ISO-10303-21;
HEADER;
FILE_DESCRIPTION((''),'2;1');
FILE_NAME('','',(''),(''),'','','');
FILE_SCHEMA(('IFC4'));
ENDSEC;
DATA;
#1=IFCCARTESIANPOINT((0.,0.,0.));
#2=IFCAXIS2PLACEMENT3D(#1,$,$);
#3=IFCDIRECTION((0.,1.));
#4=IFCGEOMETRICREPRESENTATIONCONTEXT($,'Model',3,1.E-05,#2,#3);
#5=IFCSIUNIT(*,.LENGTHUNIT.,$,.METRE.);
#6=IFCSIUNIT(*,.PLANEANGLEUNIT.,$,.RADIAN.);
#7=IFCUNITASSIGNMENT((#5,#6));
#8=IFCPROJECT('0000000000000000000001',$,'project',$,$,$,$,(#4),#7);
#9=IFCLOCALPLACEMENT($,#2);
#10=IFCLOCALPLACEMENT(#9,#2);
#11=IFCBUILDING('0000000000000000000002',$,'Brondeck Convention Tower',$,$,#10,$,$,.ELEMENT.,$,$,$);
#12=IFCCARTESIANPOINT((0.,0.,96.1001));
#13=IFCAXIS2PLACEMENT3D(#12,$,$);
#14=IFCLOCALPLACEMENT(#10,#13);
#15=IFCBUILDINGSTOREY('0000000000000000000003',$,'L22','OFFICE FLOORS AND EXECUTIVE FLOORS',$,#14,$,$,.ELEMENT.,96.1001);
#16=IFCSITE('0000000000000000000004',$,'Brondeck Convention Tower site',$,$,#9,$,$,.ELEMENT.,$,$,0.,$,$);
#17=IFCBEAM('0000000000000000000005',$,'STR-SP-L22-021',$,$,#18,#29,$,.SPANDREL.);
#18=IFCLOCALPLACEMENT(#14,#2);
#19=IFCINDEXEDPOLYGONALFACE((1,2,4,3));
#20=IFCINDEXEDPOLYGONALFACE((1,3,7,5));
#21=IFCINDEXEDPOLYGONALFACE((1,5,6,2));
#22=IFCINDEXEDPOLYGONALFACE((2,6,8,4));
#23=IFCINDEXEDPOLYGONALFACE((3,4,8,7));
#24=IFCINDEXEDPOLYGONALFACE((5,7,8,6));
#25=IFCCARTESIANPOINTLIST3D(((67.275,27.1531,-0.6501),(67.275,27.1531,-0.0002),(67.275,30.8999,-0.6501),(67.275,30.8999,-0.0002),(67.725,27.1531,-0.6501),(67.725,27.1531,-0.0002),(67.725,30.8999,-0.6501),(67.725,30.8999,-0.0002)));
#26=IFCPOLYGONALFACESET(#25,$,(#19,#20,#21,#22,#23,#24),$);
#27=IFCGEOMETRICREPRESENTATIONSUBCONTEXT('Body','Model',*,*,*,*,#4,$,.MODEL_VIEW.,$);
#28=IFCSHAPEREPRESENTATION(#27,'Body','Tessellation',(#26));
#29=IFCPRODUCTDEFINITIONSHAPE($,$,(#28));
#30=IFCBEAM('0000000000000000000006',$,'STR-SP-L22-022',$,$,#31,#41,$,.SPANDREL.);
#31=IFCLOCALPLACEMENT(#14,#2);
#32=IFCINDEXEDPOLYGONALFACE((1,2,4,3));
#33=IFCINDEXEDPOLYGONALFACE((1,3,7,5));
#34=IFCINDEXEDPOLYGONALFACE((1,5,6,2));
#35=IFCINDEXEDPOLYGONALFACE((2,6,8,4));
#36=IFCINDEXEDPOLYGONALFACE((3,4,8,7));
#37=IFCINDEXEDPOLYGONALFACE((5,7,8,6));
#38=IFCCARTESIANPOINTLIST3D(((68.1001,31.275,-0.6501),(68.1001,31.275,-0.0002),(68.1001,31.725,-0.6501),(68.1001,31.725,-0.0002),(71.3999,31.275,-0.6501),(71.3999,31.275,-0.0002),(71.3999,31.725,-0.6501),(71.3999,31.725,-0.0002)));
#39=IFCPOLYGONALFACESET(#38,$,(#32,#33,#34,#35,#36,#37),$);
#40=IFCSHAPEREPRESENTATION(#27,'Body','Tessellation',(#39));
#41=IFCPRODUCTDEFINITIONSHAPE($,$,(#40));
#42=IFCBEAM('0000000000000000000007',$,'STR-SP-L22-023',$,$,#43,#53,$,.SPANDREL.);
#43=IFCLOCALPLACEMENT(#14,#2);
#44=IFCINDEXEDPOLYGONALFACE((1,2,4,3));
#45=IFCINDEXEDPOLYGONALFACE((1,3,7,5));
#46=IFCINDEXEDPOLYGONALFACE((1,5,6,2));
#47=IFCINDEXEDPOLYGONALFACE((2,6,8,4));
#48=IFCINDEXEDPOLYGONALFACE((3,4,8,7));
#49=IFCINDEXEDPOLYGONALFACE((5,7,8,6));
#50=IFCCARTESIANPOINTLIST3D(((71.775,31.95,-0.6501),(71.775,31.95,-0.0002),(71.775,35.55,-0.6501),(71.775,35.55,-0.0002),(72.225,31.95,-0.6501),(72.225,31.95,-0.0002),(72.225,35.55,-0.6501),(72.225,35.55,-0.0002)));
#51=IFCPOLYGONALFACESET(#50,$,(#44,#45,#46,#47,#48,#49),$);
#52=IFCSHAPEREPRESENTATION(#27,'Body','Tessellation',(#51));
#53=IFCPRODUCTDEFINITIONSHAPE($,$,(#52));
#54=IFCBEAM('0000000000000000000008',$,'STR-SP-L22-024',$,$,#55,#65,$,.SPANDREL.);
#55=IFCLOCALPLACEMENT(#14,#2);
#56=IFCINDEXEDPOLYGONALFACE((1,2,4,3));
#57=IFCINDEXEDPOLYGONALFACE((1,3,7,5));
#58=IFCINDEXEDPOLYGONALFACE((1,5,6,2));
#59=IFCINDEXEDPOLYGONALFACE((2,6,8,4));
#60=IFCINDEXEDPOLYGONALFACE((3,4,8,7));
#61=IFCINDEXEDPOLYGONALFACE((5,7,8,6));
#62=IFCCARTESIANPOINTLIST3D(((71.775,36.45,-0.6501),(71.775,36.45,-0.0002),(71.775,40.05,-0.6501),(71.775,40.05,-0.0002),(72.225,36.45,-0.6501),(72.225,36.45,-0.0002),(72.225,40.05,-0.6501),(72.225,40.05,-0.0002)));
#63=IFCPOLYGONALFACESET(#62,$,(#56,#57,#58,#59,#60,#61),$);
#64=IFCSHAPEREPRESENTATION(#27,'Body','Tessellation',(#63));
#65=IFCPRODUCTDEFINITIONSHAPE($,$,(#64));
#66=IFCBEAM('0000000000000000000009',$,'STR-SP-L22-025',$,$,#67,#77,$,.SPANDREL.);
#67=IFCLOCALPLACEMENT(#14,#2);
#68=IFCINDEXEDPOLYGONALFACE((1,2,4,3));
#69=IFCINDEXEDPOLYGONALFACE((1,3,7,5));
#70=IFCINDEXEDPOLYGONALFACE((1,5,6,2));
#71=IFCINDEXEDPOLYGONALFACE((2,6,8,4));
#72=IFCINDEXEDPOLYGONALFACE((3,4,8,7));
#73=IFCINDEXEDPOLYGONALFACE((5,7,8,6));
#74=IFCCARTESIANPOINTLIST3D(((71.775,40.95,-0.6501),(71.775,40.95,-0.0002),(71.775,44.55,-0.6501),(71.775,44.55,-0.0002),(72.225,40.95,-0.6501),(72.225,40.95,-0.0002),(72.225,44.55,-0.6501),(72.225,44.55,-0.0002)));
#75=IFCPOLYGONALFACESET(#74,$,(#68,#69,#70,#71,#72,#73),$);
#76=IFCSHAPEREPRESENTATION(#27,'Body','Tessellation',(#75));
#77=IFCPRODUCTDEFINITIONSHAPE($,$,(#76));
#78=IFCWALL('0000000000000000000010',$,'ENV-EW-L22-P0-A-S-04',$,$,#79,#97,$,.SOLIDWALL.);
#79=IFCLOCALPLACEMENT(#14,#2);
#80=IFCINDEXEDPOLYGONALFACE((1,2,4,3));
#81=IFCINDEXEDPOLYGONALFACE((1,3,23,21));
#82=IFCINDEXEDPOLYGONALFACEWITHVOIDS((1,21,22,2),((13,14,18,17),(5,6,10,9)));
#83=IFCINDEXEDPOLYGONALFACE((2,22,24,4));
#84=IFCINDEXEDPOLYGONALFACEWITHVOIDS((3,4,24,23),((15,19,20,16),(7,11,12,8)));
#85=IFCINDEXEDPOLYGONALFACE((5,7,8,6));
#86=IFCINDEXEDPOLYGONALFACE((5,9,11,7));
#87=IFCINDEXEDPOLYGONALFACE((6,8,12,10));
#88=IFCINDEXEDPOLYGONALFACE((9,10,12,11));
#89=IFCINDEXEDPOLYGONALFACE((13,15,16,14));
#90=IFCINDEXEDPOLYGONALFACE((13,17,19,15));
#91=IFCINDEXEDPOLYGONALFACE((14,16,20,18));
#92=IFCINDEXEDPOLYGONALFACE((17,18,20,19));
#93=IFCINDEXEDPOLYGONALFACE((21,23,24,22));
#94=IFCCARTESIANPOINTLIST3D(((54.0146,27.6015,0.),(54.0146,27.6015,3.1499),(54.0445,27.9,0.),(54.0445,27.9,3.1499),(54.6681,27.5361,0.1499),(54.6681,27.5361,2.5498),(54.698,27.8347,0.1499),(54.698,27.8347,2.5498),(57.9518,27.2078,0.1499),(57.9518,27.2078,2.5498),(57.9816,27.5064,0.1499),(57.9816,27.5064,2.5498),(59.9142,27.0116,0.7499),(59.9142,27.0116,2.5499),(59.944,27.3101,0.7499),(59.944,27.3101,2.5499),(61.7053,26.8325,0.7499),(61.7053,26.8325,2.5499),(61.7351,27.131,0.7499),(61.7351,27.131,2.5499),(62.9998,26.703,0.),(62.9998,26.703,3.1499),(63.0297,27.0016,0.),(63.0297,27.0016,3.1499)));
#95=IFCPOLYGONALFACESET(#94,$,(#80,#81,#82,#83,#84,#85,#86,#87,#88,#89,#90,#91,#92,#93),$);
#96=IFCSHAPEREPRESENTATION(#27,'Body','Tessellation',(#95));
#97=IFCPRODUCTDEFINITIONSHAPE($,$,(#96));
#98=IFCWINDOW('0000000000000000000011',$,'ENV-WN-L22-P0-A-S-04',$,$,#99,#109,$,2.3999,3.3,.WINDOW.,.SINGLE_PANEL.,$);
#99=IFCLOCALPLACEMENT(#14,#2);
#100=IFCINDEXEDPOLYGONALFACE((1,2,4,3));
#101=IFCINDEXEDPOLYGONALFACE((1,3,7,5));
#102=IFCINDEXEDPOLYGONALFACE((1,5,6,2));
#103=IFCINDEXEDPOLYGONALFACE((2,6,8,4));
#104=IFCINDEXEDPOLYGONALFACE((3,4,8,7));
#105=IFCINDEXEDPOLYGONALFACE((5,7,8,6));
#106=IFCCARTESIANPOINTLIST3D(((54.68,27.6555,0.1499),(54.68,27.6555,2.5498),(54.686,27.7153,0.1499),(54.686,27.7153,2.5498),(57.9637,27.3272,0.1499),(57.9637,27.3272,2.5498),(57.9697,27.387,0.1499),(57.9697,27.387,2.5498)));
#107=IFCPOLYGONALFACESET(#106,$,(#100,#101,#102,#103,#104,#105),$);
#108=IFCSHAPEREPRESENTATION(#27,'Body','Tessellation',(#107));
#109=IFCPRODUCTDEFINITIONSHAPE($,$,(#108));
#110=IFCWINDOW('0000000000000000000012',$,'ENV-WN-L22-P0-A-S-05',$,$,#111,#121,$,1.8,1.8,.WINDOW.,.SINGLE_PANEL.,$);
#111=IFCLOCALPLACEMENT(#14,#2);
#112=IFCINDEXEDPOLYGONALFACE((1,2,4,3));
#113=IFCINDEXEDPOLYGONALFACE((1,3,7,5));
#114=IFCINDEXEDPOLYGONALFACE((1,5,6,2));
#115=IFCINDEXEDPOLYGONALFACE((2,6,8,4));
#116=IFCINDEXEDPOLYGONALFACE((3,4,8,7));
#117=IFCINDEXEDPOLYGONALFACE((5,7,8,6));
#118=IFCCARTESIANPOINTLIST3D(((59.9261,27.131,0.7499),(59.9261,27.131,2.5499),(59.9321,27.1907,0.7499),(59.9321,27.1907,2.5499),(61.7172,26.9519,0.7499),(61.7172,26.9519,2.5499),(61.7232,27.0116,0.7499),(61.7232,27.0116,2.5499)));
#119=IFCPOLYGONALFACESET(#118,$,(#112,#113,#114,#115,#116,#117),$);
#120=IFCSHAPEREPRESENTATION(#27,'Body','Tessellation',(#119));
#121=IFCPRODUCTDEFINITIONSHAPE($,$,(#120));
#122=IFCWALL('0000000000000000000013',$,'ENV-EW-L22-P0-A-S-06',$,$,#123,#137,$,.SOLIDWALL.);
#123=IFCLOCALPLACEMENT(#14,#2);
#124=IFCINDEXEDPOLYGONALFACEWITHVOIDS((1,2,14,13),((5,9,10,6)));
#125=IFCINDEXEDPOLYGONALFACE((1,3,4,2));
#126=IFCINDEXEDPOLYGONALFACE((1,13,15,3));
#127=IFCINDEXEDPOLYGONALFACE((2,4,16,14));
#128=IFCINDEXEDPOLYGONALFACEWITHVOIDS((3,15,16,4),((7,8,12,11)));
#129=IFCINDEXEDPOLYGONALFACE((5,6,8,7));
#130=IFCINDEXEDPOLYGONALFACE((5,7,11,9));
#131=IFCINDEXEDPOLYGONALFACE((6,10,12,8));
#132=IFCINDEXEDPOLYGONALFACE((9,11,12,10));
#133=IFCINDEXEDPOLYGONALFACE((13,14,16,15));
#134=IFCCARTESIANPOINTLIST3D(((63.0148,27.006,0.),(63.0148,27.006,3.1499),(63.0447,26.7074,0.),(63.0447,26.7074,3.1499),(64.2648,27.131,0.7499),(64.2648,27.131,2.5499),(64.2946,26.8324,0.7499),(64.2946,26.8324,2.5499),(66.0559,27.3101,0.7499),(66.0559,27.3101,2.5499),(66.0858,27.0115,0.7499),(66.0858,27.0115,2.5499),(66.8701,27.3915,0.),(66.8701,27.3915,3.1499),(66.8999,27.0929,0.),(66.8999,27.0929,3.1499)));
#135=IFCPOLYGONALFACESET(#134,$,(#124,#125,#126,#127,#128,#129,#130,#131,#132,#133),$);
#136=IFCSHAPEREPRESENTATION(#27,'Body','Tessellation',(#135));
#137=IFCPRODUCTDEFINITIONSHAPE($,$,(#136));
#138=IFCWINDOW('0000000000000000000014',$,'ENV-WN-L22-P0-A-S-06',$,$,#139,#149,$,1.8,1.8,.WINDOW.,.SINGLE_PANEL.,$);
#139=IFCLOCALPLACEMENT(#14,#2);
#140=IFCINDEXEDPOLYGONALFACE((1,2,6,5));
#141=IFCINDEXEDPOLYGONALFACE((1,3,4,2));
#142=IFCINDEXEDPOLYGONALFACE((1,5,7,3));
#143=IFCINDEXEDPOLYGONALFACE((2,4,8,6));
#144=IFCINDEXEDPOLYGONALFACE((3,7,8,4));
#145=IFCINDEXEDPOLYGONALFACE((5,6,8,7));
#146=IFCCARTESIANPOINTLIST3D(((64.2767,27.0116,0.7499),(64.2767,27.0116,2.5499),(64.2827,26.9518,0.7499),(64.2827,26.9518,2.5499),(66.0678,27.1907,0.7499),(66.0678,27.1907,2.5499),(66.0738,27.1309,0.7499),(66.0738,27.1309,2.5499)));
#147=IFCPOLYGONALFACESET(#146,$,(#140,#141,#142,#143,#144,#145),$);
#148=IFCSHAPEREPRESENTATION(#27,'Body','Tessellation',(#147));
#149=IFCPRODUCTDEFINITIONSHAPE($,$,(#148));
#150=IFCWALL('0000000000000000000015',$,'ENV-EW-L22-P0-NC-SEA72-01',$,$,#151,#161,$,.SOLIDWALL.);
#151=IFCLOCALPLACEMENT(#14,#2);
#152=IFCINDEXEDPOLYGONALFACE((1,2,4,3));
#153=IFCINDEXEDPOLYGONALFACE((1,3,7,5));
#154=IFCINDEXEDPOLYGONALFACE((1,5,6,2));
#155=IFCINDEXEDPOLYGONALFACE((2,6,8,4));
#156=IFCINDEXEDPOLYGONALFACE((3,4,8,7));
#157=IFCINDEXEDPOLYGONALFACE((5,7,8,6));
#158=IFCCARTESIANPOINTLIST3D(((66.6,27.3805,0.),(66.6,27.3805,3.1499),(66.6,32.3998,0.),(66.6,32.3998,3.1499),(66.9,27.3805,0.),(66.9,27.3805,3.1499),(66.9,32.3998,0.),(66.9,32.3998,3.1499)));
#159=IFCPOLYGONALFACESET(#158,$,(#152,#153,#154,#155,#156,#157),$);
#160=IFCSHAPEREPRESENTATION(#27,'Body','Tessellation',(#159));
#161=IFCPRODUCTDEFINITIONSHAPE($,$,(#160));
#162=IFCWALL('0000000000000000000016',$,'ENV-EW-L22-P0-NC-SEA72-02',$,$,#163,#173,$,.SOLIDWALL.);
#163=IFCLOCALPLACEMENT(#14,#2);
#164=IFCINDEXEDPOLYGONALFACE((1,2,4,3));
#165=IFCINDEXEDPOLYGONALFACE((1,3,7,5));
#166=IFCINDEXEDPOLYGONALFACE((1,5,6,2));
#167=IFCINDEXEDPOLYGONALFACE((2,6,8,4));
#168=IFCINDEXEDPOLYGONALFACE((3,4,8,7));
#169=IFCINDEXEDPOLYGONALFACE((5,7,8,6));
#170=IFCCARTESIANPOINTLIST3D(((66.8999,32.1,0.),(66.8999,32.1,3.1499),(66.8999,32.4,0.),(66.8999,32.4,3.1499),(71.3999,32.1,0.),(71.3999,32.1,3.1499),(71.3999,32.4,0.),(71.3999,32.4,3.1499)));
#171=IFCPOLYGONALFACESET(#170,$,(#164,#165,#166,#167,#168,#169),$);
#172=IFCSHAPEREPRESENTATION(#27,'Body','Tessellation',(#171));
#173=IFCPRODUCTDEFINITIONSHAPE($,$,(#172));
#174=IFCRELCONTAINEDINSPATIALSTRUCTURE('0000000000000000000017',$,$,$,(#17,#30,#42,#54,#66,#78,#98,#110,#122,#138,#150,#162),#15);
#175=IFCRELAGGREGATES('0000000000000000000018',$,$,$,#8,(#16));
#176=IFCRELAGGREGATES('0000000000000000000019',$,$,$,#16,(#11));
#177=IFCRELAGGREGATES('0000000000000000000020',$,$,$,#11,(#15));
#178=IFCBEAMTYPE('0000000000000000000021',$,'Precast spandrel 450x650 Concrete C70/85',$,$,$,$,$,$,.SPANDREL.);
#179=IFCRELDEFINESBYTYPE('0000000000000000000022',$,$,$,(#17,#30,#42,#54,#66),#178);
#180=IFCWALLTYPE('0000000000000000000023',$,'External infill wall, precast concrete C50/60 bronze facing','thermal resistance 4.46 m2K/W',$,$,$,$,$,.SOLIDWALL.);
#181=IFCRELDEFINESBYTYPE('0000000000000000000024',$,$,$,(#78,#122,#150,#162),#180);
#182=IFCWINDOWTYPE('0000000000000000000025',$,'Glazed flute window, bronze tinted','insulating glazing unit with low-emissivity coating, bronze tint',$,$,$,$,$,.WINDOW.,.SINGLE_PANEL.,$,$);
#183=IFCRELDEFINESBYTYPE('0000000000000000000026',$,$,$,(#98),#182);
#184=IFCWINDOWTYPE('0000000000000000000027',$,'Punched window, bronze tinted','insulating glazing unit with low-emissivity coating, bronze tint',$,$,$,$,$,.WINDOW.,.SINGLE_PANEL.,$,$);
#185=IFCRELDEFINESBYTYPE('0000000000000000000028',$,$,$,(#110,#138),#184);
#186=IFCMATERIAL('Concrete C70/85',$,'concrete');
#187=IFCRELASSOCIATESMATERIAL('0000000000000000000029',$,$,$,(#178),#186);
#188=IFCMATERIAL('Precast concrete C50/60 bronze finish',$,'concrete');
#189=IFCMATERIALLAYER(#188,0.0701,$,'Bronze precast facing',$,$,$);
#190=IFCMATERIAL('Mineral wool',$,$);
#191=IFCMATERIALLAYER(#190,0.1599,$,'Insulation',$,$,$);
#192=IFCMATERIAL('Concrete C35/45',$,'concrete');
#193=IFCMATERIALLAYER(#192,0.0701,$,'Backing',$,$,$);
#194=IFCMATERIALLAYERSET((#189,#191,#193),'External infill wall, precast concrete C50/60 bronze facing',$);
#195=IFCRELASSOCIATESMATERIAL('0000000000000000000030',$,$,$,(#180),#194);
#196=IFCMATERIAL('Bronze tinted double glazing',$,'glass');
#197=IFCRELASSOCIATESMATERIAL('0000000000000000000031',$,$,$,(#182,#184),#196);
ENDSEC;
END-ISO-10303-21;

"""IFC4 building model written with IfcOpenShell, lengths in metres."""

from ifc_helpers import new_model, si_unit, direction, frame, frame_2d, origin, origin_2d, place, context, subcontext, project, spatial, rectangle, extrude, material, layer, layer_set, material_profile, profile_set, type_object, element, fill, save


model = new_model("IFC4")

# Units and contexts
model_context = context("Model", 3, precision=1e-05, world=origin(), true_north=direction((0.0, 1.0)))
body_context = subcontext(model_context, "Body", "Model", "MODEL_VIEW")
ifc_project = project(units=[si_unit("LENGTHUNIT", "METRE"), si_unit("PLANEANGLEUNIT", "RADIAN")], contexts=[model_context])

# Site, building, storey
site_placement = place(None, origin())
site = spatial("IfcSite", under=ifc_project, at=site_placement, Name="Brondeck Convention Tower site", CompositionType="ELEMENT", RefElevation=0.0)
building_placement = place(site_placement, origin())
building = spatial("IfcBuilding", under=site, at=building_placement, Name="Brondeck Convention Tower", CompositionType="ELEMENT")
storey_placement = place(building_placement, frame((0.0, 0.0, 96.1001)))
storey = spatial("IfcBuildingStorey", under=building, at=storey_placement, Name="L22", Description="OFFICE FLOORS AND EXECUTIVE FLOORS", CompositionType="ELEMENT", Elevation=96.1001)

# Shared definitions
ifc_material_1 = material(Name="Concrete C70/85", Category="concrete")

# Beams
ifc_material_profile_1 = material_profile(ifc_material_1, rectangle(XDim=0.45, YDim=0.6499, at=origin_2d()), Name="Precast spandrel 450x650 Concrete C70/85")
ifc_profile_set_1 = profile_set([ifc_material_profile_1], Name="Concrete C70/85")
beam_type_1 = type_object("IfcBeamType", Name="Precast spandrel 450x650 Concrete C70/85", PredefinedType="SPANDREL", material=ifc_profile_set_1)
beam_1_placement = place(storey_placement, frame((67.5, 27.1531, -0.3252), z_axis=(0.0, 1.0, 0.0), x_axis=(-1.0, 0.0, 0.0)))
element("IfcBeam", 1, at=beam_1_placement, inside=storey, type_object=beam_type_1, Name="STR-SP-L22-021", PredefinedType="SPANDREL", context=body_context, shape_type="SweptSolid", body=[
    extrude(rectangle(XDim=0.45, YDim=0.6499, at=origin_2d()), origin(), (0.0, 0.0, 1.0), 3.7468),
])
beam_2_placement = place(storey_placement, frame((68.1001, 31.5, -0.3252), z_axis=(1.0, 0.0, 0.0), x_axis=(0.0, 1.0, 0.0)))
element("IfcBeam", 2, at=beam_2_placement, inside=storey, type_object=beam_type_1, Name="STR-SP-L22-022", PredefinedType="SPANDREL", context=body_context, shape_type="SweptSolid", body=[
    extrude(rectangle(XDim=0.45, YDim=0.6499, at=origin_2d()), origin(), (0.0, 0.0, 1.0), 3.2998),
])
for number, where, z_axis, x_axis, name in (
    (3, (72.0, 31.95, -0.3252), (0.0, 1.0, 0.0), (-1.0, 0.0, 0.0), "STR-SP-L22-023"),
    (4, (72.0, 36.45, -0.3252), (0.0, 1.0, 0.0), (-1.0, 0.0, 0.0), "STR-SP-L22-024"),
    (5, (72.0, 40.95, -0.3252), (0.0, 1.0, 0.0), (-1.0, 0.0, 0.0), "STR-SP-L22-025"),
):
    element("IfcBeam", number, at=place(storey_placement, frame(where, z_axis=z_axis, x_axis=x_axis)), inside=storey, type_object=beam_type_1, Name=name, PredefinedType="SPANDREL", context=body_context, shape_type="SweptSolid", body=[
        extrude(rectangle(XDim=0.45, YDim=0.6499, at=origin_2d()), origin(), (0.0, 0.0, 1.0), 3.6001),
    ])

# Wall, openings, windows
ifc_material_2 = material(Name="Precast concrete C50/60 bronze finish", Category="concrete")
ifc_layer_1 = layer(ifc_material_2, 0.0701, Name="Bronze precast facing")
ifc_material_3 = material(Name="Mineral wool")
ifc_layer_2 = layer(ifc_material_3, 0.1599, Name="Insulation")
ifc_material_4 = material(Name="Concrete C35/45", Category="concrete")
ifc_layer_3 = layer(ifc_material_4, 0.0701, Name="Backing")
ifc_layer_set_1 = layer_set([ifc_layer_1, ifc_layer_2, ifc_layer_3], Name="External infill wall, precast concrete C50/60 bronze facing")
wall_type_1 = type_object("IfcWallType", Name="External infill wall, precast concrete C50/60 bronze facing", Description="thermal resistance 4.46 m2K/W", PredefinedType="SOLIDWALL", material=ifc_layer_set_1)
wall_1_placement = place(storey_placement, frame((63.0149, 26.8523, 0.0), z_axis=(0.0, 0.0, 1.0), x_axis=(-0.995038, 0.099496, 0.0)))
wall_1 = element("IfcWall", 6, at=wall_1_placement, inside=storey, type_object=wall_type_1, Name="ENV-EW-L22-P0-A-S-04", PredefinedType="SOLIDWALL", context=body_context, shape_type="SweptSolid", body=[
    extrude(rectangle(XDim=9.03, YDim=0.3, at=frame_2d((4.5151, 0.0))), origin(), (0.0, 0.0, 1.0), 3.1499),
])
opening_1_placement = place(wall_1_placement, frame((1.3013, 0.0, 0.75)))
opening_1 = element("IfcOpeningElement", 7, at=opening_1_placement, cuts=wall_1, PredefinedType="OPENING", context=body_context, shape_type="SweptSolid", body=[
    extrude(rectangle(XDim=1.8, YDim=1.8, at=frame_2d((0.8999, 0.8999))), frame((0.0, 0.1599, 0.0), z_axis=(0.0, -1.0, 0.0), x_axis=(1.0, 0.0, 0.0)), (0.0, 0.0, 1.0), 0.3201),
])
opening_2_placement = place(wall_1_placement, frame((5.0735, 0.0, 0.1499)))
opening_2 = element("IfcOpeningElement", 8, at=opening_2_placement, cuts=wall_1, PredefinedType="OPENING", context=body_context, shape_type="SweptSolid", body=[
    extrude(rectangle(XDim=3.3, YDim=2.3999, at=frame_2d((1.6499, 1.2))), frame((0.0, 0.1599, 0.0), z_axis=(0.0, -1.0, 0.0), x_axis=(1.0, 0.0, 0.0)), (0.0, 0.0, 1.0), 0.3201),
])
ifc_material_5 = material(Name="Bronze tinted double glazing", Category="glass")
window_type_1 = type_object("IfcWindowType", Name="Glazed flute window, bronze tinted", Description="insulating glazing unit with low-emissivity coating, bronze tint", PartitioningType="SINGLE_PANEL", PredefinedType="WINDOW", material=ifc_material_5)
window_1_placement = place(opening_2_placement, origin())
window_1 = element("IfcWindow", 9, at=window_1_placement, inside=storey, type_object=window_type_1, Name="ENV-WN-L22-P0-A-S-04", OverallHeight=2.3999, OverallWidth=3.3, PartitioningType="SINGLE_PANEL", PredefinedType="WINDOW", context=body_context, shape_type="SweptSolid", body=[
    extrude(rectangle(XDim=3.3, YDim=2.3999, at=frame_2d((1.6499, 1.2))), frame((0.0, 0.03, 0.0), z_axis=(0.0, -1.0, 0.0), x_axis=(1.0, 0.0, 0.0)), (0.0, 0.0, 1.0), 0.0601),
])
fill(opening_2, window_1)
window_type_2 = type_object("IfcWindowType", Name="Punched window, bronze tinted", Description="insulating glazing unit with low-emissivity coating, bronze tint", PartitioningType="SINGLE_PANEL", PredefinedType="WINDOW", material=ifc_material_5)
window_2_placement = place(opening_1_placement, origin())
window_2 = element("IfcWindow", 10, at=window_2_placement, inside=storey, type_object=window_type_2, Name="ENV-WN-L22-P0-A-S-05", OverallHeight=1.8, OverallWidth=1.8, PartitioningType="SINGLE_PANEL", PredefinedType="WINDOW", context=body_context, shape_type="SweptSolid", body=[
    extrude(rectangle(XDim=1.8, YDim=1.8, at=frame_2d((0.8999, 0.8999))), frame((0.0, 0.03, 0.0), z_axis=(0.0, -1.0, 0.0), x_axis=(1.0, 0.0, 0.0)), (0.0, 0.0, 1.0), 0.0601),
])
fill(opening_1, window_2)

# Wall, opening, window
wall_2_placement = place(storey_placement, frame((66.885, 27.2422, 0.0), z_axis=(0.0, 0.0, 1.0), x_axis=(-0.995038, -0.099497, 0.0)))
wall_2 = element("IfcWall", 11, at=wall_2_placement, inside=storey, type_object=wall_type_1, Name="ENV-EW-L22-P0-A-S-06", PredefinedType="SOLIDWALL", context=body_context, shape_type="SweptSolid", body=[
    extrude(rectangle(XDim=3.8745, YDim=0.3, at=frame_2d((1.9373, 0.0))), origin(), (0.0, 0.0, 1.0), 3.1499),
])
opening_3_placement = place(wall_2_placement, frame((0.8184, 0.0, 0.75)))
opening_3 = element("IfcOpeningElement", 12, at=opening_3_placement, cuts=wall_2, PredefinedType="OPENING", context=body_context, shape_type="SweptSolid", body=[
    extrude(rectangle(XDim=1.8, YDim=1.8, at=frame_2d((0.8999, 0.8999))), frame((0.0, 0.1599, 0.0), z_axis=(0.0, -1.0, 0.0), x_axis=(1.0, 0.0, 0.0)), (0.0, 0.0, 1.0), 0.3201),
])
window_3_placement = place(opening_3_placement, origin())
window_3 = element("IfcWindow", 13, at=window_3_placement, inside=storey, type_object=window_type_2, Name="ENV-WN-L22-P0-A-S-06", OverallHeight=1.8, OverallWidth=1.8, PartitioningType="SINGLE_PANEL", PredefinedType="WINDOW", context=body_context, shape_type="SweptSolid", body=[
    extrude(rectangle(XDim=1.8, YDim=1.8, at=frame_2d((0.8999, 0.8999))), frame((0.0, 0.03, 0.0), z_axis=(0.0, -1.0, 0.0), x_axis=(1.0, 0.0, 0.0)), (0.0, 0.0, 1.0), 0.0601),
])
fill(opening_3, window_3)

# Walls
wall_3_placement = place(storey_placement, frame((66.75, 32.3999, 0.0), z_axis=(0.0, 0.0, 1.0), x_axis=(0.0, -1.0, 0.0)))
element("IfcWall", 14, at=wall_3_placement, inside=storey, type_object=wall_type_1, Name="ENV-EW-L22-P0-NC-SEA72-01", PredefinedType="SOLIDWALL", context=body_context, shape_type="SweptSolid", body=[
    extrude(rectangle(XDim=5.0193, YDim=0.3, at=frame_2d((2.5098, 0.0))), origin(), (0.0, 0.0, 1.0), 3.1499),
])
wall_4_placement = place(storey_placement, frame((71.3999, 32.25, 0.0), z_axis=(0.0, 0.0, 1.0), x_axis=(-1.0, 0.0, 0.0)))
element("IfcWall", 15, at=wall_4_placement, inside=storey, type_object=wall_type_1, Name="ENV-EW-L22-P0-NC-SEA72-02", PredefinedType="SOLIDWALL", context=body_context, shape_type="SweptSolid", body=[
    extrude(rectangle(XDim=4.5, YDim=0.3, at=frame_2d((2.25, 0.0))), origin(), (0.0, 0.0, 1.0), 3.1499),
])

save(model, "model.ifc")
